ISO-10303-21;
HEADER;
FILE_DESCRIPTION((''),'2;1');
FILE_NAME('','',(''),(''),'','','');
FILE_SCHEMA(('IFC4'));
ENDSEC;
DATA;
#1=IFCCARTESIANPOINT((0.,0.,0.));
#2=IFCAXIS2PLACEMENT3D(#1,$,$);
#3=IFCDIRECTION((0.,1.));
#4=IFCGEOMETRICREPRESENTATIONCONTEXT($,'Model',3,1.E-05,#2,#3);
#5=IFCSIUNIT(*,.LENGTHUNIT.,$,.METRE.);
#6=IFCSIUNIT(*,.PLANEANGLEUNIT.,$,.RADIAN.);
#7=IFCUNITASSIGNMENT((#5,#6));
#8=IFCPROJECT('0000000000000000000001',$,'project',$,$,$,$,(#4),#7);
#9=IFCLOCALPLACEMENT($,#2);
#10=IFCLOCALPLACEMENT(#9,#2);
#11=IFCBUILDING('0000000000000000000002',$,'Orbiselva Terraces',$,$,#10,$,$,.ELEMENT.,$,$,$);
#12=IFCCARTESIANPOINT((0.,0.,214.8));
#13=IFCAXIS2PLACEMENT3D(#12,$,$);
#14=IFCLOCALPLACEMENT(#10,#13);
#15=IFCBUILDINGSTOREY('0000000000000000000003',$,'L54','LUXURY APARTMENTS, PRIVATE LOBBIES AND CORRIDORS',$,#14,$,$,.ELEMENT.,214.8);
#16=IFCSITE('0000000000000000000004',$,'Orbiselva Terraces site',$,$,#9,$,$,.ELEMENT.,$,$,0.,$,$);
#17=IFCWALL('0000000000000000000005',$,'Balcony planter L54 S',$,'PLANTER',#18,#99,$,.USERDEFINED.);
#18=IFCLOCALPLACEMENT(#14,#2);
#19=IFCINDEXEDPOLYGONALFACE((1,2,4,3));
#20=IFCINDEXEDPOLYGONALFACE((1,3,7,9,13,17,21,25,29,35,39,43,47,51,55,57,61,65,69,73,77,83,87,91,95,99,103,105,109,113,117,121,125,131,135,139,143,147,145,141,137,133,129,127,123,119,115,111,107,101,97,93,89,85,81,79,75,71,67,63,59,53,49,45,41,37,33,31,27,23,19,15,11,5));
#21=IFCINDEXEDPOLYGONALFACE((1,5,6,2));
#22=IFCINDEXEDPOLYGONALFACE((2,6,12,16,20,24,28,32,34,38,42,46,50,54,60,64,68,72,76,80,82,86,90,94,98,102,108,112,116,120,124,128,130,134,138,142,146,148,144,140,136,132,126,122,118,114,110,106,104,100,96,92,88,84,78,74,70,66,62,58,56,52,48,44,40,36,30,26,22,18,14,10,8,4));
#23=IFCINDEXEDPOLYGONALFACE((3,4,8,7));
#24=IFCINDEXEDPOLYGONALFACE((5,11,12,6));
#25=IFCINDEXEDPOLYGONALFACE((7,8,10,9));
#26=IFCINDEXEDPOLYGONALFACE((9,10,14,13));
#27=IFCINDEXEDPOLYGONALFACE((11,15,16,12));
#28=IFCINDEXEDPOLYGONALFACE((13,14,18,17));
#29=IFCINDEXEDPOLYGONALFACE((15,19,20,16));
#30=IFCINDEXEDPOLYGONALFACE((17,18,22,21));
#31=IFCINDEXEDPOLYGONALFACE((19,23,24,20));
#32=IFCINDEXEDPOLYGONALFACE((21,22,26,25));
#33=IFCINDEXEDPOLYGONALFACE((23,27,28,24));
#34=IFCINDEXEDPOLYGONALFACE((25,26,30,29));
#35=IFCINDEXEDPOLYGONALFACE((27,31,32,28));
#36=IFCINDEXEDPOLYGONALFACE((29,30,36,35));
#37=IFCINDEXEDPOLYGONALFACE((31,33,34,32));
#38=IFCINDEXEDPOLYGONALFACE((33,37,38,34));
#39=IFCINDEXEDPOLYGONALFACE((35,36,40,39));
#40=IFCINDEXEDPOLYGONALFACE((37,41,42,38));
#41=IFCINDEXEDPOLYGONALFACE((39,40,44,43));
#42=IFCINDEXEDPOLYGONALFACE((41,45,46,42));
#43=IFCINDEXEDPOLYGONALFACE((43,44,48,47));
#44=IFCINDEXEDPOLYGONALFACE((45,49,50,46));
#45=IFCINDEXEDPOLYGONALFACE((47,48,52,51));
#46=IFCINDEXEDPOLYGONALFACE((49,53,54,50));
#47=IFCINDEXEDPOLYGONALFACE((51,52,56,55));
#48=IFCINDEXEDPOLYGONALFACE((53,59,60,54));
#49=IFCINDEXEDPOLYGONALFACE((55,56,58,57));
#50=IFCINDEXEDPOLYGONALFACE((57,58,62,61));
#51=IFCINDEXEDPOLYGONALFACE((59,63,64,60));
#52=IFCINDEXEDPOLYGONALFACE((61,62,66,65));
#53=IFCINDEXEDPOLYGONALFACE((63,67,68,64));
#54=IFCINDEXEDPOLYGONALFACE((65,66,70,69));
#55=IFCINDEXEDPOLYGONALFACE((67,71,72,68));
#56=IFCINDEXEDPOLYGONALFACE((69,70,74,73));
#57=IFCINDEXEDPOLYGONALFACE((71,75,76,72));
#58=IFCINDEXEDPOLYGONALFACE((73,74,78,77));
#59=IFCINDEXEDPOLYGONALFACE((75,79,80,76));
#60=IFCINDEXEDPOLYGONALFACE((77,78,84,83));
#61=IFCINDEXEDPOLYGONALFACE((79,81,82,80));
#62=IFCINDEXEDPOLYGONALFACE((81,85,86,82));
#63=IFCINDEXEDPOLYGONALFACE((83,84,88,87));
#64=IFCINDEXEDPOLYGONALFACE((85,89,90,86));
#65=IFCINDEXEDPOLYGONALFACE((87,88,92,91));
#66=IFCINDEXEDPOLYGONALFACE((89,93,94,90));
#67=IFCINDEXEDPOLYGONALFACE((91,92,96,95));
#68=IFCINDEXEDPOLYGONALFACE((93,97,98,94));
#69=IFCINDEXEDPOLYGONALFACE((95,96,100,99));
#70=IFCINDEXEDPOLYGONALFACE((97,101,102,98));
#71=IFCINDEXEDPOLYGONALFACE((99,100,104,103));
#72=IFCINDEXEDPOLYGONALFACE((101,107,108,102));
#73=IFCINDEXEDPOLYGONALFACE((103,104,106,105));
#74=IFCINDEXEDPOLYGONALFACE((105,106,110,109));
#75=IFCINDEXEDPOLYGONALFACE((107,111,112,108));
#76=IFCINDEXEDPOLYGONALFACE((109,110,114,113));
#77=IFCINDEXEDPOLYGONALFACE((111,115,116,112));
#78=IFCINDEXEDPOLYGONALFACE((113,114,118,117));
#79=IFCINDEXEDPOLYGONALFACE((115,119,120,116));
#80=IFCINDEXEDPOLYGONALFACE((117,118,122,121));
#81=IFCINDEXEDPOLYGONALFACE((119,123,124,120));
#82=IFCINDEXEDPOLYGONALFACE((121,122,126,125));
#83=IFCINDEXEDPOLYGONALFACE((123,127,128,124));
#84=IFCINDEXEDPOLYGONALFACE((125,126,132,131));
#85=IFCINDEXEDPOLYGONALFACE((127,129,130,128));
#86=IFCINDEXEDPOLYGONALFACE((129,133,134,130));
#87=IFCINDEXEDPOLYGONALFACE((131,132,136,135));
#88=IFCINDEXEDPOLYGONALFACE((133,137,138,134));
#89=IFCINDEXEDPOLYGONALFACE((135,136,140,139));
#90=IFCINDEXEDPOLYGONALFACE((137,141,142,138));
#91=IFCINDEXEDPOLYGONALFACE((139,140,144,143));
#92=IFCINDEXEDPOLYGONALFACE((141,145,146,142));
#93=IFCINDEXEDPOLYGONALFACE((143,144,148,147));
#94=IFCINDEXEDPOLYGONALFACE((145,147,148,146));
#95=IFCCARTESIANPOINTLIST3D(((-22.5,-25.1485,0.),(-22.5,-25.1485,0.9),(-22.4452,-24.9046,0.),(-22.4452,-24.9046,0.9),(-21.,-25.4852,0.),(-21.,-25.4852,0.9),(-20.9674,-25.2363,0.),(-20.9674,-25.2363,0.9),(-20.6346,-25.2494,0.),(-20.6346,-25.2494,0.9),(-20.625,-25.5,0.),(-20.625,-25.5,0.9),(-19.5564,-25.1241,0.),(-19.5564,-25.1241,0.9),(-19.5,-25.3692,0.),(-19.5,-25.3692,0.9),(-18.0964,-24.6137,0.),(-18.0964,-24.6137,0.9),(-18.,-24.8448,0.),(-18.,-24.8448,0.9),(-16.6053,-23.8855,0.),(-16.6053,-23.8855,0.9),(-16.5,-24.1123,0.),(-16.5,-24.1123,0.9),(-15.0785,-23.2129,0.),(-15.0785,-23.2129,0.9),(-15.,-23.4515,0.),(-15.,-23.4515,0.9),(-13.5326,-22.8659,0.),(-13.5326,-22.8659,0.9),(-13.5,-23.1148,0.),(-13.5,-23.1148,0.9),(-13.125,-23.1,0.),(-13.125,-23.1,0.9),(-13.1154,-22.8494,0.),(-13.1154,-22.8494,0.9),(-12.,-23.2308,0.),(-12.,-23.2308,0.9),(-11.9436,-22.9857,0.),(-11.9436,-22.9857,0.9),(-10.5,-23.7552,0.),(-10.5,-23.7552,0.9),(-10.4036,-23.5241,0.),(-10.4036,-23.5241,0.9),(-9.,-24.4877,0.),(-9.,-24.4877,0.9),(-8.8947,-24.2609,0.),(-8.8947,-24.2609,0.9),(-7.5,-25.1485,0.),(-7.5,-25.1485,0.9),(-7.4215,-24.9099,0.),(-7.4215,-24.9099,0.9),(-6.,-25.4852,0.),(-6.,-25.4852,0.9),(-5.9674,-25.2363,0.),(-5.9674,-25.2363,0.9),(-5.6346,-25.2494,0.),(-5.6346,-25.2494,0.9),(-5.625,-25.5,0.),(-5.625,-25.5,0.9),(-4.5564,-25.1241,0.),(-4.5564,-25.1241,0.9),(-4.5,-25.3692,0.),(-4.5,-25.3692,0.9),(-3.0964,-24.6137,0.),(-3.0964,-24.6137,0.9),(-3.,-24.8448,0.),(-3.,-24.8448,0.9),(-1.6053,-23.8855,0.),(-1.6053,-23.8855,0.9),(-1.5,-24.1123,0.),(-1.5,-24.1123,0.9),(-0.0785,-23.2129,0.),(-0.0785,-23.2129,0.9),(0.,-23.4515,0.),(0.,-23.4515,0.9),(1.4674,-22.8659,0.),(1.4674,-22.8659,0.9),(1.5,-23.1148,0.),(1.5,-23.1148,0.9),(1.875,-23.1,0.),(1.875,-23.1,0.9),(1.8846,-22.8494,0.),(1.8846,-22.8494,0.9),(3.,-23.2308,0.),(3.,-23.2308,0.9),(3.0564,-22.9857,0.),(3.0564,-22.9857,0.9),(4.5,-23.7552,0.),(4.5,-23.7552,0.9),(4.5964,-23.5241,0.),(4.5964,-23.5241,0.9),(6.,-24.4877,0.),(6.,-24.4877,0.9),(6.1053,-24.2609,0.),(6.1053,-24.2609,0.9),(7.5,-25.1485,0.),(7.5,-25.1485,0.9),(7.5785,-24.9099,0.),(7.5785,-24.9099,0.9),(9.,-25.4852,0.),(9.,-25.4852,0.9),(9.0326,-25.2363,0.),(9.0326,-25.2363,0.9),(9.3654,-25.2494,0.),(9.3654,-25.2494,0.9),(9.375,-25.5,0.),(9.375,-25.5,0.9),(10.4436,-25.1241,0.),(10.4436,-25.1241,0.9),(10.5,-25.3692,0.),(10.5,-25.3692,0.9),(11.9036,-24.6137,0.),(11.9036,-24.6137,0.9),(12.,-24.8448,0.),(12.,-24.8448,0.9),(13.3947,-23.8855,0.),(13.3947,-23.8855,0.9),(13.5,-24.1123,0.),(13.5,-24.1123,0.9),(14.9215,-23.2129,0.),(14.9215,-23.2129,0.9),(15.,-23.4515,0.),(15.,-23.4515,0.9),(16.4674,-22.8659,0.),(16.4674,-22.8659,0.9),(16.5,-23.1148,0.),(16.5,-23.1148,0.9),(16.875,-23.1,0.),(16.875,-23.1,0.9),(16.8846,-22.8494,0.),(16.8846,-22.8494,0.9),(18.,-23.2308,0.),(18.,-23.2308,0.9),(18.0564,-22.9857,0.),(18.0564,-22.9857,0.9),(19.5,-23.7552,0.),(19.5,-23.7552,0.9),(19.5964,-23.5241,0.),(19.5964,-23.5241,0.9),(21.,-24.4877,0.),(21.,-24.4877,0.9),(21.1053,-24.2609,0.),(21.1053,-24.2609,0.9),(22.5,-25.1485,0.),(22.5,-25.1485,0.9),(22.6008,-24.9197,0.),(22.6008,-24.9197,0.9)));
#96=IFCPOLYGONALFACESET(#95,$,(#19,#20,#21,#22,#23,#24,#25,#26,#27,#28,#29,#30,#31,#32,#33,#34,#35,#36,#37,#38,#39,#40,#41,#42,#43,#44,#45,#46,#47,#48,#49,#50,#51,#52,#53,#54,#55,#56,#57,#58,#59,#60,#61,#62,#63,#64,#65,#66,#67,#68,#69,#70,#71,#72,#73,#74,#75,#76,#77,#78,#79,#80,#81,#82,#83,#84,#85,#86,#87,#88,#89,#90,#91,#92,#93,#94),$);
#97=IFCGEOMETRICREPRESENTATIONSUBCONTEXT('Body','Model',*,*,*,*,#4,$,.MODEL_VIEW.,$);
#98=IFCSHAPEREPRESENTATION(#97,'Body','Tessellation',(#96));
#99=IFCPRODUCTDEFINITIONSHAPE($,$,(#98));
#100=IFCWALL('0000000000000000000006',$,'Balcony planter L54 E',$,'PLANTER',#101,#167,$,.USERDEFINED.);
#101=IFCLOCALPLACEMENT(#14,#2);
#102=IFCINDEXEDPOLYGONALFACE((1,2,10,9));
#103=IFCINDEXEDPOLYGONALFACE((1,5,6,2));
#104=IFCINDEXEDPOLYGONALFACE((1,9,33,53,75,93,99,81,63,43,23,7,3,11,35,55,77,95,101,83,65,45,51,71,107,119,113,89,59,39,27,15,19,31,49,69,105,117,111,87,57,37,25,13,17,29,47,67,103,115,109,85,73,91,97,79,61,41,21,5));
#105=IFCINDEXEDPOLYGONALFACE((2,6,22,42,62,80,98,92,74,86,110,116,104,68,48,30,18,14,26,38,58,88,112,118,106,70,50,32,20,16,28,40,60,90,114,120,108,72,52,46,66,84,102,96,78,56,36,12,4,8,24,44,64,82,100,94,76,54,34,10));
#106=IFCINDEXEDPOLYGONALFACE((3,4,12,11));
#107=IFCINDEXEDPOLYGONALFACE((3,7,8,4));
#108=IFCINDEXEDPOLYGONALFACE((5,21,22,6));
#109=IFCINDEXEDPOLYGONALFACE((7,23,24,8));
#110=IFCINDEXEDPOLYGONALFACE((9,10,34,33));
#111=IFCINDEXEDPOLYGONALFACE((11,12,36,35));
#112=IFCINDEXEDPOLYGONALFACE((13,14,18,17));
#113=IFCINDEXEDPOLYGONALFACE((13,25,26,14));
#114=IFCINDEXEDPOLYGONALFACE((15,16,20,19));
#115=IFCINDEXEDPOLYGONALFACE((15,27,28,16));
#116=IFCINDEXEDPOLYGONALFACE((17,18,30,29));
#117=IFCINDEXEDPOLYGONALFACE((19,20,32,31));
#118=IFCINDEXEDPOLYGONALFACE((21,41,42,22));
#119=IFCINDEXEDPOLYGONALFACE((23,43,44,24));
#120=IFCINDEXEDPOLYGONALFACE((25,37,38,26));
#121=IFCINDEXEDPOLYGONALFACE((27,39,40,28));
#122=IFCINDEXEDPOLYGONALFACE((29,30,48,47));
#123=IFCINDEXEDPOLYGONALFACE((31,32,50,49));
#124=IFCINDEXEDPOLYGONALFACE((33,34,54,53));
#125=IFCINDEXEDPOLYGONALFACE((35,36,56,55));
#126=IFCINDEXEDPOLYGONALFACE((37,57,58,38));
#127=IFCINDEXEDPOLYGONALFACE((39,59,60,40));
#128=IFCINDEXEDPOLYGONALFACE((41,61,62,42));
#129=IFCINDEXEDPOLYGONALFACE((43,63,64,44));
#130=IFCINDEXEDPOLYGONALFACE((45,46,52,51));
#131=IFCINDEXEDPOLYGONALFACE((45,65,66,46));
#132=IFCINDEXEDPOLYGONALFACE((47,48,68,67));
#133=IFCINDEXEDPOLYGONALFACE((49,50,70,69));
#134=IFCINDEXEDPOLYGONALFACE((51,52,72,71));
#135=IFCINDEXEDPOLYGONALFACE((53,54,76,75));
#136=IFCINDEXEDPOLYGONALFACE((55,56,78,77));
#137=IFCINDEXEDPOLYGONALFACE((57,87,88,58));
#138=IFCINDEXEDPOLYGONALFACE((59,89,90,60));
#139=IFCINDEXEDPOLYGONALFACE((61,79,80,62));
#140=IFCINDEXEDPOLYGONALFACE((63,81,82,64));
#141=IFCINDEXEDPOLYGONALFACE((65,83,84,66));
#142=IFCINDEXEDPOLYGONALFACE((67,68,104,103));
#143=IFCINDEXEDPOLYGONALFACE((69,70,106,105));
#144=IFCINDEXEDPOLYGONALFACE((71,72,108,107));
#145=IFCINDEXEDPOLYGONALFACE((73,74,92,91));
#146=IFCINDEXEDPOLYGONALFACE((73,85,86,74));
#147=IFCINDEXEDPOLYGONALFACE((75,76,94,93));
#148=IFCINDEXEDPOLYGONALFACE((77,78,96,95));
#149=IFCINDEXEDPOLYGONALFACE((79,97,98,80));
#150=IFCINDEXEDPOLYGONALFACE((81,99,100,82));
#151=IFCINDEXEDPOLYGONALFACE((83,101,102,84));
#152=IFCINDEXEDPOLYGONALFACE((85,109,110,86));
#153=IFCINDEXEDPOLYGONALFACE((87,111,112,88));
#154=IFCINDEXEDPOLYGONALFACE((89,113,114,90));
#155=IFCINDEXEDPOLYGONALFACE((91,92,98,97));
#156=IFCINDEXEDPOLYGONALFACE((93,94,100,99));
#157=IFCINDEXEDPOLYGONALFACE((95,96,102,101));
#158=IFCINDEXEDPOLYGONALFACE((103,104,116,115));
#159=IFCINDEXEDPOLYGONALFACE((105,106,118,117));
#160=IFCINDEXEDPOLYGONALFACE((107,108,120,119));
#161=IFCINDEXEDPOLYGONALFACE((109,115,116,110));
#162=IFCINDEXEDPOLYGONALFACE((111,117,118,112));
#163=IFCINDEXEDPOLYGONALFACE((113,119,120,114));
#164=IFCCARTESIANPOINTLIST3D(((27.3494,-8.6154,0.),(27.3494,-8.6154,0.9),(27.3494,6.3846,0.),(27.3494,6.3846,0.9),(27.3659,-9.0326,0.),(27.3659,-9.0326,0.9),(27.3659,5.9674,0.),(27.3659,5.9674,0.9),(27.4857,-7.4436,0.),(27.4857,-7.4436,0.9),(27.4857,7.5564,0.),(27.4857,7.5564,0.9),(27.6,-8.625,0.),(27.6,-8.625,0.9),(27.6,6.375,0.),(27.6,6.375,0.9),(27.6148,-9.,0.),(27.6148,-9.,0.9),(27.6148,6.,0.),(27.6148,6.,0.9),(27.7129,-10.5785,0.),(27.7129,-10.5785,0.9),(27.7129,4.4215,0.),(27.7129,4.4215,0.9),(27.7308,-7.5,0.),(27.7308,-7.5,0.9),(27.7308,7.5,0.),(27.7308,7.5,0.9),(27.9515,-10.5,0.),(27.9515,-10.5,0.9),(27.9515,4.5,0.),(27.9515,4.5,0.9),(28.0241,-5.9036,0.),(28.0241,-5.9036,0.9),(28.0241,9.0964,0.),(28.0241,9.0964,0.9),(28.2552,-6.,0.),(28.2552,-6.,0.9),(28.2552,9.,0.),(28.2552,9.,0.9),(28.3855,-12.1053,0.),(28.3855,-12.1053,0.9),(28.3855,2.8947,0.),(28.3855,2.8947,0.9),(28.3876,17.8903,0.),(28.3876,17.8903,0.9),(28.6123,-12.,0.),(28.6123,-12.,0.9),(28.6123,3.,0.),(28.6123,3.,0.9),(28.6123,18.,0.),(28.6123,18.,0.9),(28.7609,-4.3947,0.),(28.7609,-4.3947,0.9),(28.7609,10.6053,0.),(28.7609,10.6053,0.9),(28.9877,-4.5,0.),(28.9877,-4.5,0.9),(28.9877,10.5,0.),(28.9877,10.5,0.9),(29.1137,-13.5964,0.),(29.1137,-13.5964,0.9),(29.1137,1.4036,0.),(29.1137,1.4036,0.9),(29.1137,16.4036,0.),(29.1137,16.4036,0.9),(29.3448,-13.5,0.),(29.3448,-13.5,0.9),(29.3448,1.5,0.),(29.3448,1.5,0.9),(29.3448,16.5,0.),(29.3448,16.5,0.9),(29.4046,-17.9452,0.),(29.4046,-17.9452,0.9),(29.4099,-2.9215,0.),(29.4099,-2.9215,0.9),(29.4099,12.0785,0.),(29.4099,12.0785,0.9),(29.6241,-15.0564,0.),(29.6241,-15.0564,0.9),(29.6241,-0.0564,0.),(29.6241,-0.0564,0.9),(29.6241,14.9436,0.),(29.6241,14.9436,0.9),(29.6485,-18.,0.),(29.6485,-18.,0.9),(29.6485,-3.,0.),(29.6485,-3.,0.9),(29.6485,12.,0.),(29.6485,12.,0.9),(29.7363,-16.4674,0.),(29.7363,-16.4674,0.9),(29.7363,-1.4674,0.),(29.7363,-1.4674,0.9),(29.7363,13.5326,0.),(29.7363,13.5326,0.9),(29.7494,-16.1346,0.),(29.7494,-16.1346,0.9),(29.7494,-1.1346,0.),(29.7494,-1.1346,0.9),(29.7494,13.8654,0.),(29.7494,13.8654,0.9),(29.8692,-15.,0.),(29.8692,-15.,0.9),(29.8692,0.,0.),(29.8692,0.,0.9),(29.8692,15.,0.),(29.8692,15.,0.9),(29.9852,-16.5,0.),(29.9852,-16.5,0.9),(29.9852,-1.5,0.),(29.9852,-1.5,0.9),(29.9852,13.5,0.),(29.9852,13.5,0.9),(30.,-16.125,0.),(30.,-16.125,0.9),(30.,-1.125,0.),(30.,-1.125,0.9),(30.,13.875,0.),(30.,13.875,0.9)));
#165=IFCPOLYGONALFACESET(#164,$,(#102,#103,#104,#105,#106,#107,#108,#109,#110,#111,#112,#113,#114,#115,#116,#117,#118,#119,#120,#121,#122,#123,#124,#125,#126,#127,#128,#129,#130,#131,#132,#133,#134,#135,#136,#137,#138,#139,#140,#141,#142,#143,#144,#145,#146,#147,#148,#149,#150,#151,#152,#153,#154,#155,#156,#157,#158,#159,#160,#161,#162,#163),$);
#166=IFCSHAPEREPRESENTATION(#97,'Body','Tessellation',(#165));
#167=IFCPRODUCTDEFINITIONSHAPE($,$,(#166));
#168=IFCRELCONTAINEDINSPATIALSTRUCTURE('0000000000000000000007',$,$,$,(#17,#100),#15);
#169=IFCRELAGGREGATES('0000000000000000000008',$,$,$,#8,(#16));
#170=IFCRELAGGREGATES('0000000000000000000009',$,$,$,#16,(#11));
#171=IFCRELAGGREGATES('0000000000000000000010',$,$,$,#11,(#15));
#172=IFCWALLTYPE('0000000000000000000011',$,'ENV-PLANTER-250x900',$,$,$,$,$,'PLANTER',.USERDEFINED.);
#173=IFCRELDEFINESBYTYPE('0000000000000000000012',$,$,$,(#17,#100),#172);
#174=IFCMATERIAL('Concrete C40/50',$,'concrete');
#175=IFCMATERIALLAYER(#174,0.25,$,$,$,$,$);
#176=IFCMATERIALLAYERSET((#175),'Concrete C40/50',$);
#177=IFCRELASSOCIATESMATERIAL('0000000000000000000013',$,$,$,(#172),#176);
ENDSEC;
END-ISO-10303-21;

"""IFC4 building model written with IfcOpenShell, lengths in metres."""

from ifc_helpers import new_model, si_unit, direction, frame, origin, place, context, subcontext, project, spatial, polyline, outline, extrude, material, layer, layer_set, type_object, element, save


model = new_model("IFC4")

# Units and contexts
model_context = context("Model", 3, precision=1e-05, world=origin(), true_north=direction((0.0, 1.0)))
body_context = subcontext(model_context, "Body", "Model", "MODEL_VIEW")
ifc_project = project(units=[si_unit("LENGTHUNIT", "METRE"), si_unit("PLANEANGLEUNIT", "RADIAN")], contexts=[model_context])

# Site, building, storey
site_placement = place(None, origin())
site = spatial("IfcSite", under=ifc_project, at=site_placement, Name="Orbiselva Terraces site", CompositionType="ELEMENT", RefElevation=0.0)
building_placement = place(site_placement, origin())
building = spatial("IfcBuilding", under=site, at=building_placement, Name="Orbiselva Terraces", CompositionType="ELEMENT")
storey_placement = place(building_placement, frame((0.0, 0.0, 214.8)))
storey = spatial("IfcBuildingStorey", under=building, at=storey_placement, Name="L54", Description="LUXURY APARTMENTS, PRIVATE LOBBIES AND CORRIDORS", CompositionType="ELEMENT", Elevation=214.8)

# Walls
ifc_material_1 = material(Name="Concrete C40/50", Category="concrete")
ifc_layer_1 = layer(ifc_material_1, 0.25)
ifc_layer_set_1 = layer_set([ifc_layer_1], Name="Concrete C40/50")
wall_type_1 = type_object("IfcWallType", Name="ENV-PLANTER-250x900", ElementType="PLANTER", PredefinedType="USERDEFINED", material=ifc_layer_set_1)
wall_1_placement = place(storey_placement, origin())
element("IfcWall", 1, at=wall_1_placement, inside=storey, type_object=wall_type_1, Name="Balcony planter L54 S", ObjectType="PLANTER", PredefinedType="USERDEFINED", context=body_context, shape_type="SweptSolid", body=[
    extrude(outline(polyline([(-22.5, -25.1485), (-21.0, -25.4852), (-20.625, -25.5), (-19.5, -25.3692), (-18.0, -24.8448), (-16.5, -24.1123), (-15.0, -23.4515), (-13.5, -23.1148), (-13.125, -23.1), (-12.0, -23.2308), (-10.5, -23.7552), (-9.0, -24.4877), (-7.5, -25.1485), (-6.0, -25.4852), (-5.625, -25.5), (-4.5, -25.3692), (-3.0, -24.8448), (-1.5, -24.1123), (0.0, -23.4515), (1.5, -23.1148), (1.875, -23.1), (3.0, -23.2308), (4.5, -23.7552), (6.0, -24.4877), (7.5, -25.1485), (9.0, -25.4852), (9.375, -25.5), (10.5, -25.3692), (12.0, -24.8448), (13.5, -24.1123), (15.0, -23.4515), (16.5, -23.1148), (16.875, -23.1), (18.0, -23.2308), (19.5, -23.7552), (21.0, -24.4877), (22.5, -25.1485), (22.6008, -24.9197), (21.1053, -24.2609), (19.5964, -23.5241), (18.0564, -22.9857), (16.8846, -22.8494), (16.4674, -22.8659), (14.9215, -23.2129), (13.3947, -23.8855), (11.9036, -24.6137), (10.4436, -25.1241), (9.3654, -25.2494), (9.0326, -25.2363), (7.5785, -24.9099), (6.1053, -24.2609), (4.5964, -23.5241), (3.0564, -22.9857), (1.8846, -22.8494), (1.4674, -22.8659), (-0.0785, -23.2129), (-1.6053, -23.8855), (-3.0964, -24.6137), (-4.5564, -25.1241), (-5.6346, -25.2494), (-5.9674, -25.2363), (-7.4215, -24.9099), (-8.8947, -24.2609), (-10.4036, -23.5241), (-11.9436, -22.9857), (-13.1154, -22.8494), (-13.5326, -22.8659), (-15.0785, -23.2129), (-16.6053, -23.8855), (-18.0964, -24.6137), (-19.5564, -25.1241), (-20.6346, -25.2494), (-20.9674, -25.2363), (-22.4452, -24.9046), (-22.5, -25.1485)])), origin(), (0.0, 0.0, 1.0), 0.9),
])
wall_2_placement = place(storey_placement, origin())
element("IfcWall", 2, at=wall_2_placement, inside=storey, type_object=wall_type_1, Name="Balcony planter L54 E", ObjectType="PLANTER", PredefinedType="USERDEFINED", context=body_context, shape_type="SweptSolid", body=[
    extrude(outline(polyline([(29.6485, -18.0), (29.9852, -16.5), (30.0, -16.125), (29.8692, -15.0), (29.3448, -13.5), (28.6123, -12.0), (27.9515, -10.5), (27.6148, -9.0), (27.6, -8.625), (27.7308, -7.5), (28.2552, -6.0), (28.9877, -4.5), (29.6485, -3.0), (29.9852, -1.5), (30.0, -1.125), (29.8692, 0.0), (29.3448, 1.5), (28.6123, 3.0), (27.9515, 4.5), (27.6148, 6.0), (27.6, 6.375), (27.7308, 7.5), (28.2552, 9.0), (28.9877, 10.5), (29.6485, 12.0), (29.9852, 13.5), (30.0, 13.875), (29.8692, 15.0), (29.3448, 16.5), (28.6123, 18.0), (28.3876, 17.8903), (29.1137, 16.4036), (29.6241, 14.9436), (29.7494, 13.8654), (29.7363, 13.5326), (29.4099, 12.0785), (28.7609, 10.6053), (28.0241, 9.0964), (27.4857, 7.5564), (27.3494, 6.3846), (27.3659, 5.9674), (27.7129, 4.4215), (28.3855, 2.8947), (29.1137, 1.4036), (29.6241, -0.0564), (29.7494, -1.1346), (29.7363, -1.4674), (29.4099, -2.9215), (28.7609, -4.3947), (28.0241, -5.9036), (27.4857, -7.4436), (27.3494, -8.6154), (27.3659, -9.0326), (27.7129, -10.5785), (28.3855, -12.1053), (29.1137, -13.5964), (29.6241, -15.0564), (29.7494, -16.1346), (29.7363, -16.4674), (29.4046, -17.9452), (29.6485, -18.0)])), origin(), (0.0, 0.0, 1.0), 0.9),
])

save(model, "model.ifc")
